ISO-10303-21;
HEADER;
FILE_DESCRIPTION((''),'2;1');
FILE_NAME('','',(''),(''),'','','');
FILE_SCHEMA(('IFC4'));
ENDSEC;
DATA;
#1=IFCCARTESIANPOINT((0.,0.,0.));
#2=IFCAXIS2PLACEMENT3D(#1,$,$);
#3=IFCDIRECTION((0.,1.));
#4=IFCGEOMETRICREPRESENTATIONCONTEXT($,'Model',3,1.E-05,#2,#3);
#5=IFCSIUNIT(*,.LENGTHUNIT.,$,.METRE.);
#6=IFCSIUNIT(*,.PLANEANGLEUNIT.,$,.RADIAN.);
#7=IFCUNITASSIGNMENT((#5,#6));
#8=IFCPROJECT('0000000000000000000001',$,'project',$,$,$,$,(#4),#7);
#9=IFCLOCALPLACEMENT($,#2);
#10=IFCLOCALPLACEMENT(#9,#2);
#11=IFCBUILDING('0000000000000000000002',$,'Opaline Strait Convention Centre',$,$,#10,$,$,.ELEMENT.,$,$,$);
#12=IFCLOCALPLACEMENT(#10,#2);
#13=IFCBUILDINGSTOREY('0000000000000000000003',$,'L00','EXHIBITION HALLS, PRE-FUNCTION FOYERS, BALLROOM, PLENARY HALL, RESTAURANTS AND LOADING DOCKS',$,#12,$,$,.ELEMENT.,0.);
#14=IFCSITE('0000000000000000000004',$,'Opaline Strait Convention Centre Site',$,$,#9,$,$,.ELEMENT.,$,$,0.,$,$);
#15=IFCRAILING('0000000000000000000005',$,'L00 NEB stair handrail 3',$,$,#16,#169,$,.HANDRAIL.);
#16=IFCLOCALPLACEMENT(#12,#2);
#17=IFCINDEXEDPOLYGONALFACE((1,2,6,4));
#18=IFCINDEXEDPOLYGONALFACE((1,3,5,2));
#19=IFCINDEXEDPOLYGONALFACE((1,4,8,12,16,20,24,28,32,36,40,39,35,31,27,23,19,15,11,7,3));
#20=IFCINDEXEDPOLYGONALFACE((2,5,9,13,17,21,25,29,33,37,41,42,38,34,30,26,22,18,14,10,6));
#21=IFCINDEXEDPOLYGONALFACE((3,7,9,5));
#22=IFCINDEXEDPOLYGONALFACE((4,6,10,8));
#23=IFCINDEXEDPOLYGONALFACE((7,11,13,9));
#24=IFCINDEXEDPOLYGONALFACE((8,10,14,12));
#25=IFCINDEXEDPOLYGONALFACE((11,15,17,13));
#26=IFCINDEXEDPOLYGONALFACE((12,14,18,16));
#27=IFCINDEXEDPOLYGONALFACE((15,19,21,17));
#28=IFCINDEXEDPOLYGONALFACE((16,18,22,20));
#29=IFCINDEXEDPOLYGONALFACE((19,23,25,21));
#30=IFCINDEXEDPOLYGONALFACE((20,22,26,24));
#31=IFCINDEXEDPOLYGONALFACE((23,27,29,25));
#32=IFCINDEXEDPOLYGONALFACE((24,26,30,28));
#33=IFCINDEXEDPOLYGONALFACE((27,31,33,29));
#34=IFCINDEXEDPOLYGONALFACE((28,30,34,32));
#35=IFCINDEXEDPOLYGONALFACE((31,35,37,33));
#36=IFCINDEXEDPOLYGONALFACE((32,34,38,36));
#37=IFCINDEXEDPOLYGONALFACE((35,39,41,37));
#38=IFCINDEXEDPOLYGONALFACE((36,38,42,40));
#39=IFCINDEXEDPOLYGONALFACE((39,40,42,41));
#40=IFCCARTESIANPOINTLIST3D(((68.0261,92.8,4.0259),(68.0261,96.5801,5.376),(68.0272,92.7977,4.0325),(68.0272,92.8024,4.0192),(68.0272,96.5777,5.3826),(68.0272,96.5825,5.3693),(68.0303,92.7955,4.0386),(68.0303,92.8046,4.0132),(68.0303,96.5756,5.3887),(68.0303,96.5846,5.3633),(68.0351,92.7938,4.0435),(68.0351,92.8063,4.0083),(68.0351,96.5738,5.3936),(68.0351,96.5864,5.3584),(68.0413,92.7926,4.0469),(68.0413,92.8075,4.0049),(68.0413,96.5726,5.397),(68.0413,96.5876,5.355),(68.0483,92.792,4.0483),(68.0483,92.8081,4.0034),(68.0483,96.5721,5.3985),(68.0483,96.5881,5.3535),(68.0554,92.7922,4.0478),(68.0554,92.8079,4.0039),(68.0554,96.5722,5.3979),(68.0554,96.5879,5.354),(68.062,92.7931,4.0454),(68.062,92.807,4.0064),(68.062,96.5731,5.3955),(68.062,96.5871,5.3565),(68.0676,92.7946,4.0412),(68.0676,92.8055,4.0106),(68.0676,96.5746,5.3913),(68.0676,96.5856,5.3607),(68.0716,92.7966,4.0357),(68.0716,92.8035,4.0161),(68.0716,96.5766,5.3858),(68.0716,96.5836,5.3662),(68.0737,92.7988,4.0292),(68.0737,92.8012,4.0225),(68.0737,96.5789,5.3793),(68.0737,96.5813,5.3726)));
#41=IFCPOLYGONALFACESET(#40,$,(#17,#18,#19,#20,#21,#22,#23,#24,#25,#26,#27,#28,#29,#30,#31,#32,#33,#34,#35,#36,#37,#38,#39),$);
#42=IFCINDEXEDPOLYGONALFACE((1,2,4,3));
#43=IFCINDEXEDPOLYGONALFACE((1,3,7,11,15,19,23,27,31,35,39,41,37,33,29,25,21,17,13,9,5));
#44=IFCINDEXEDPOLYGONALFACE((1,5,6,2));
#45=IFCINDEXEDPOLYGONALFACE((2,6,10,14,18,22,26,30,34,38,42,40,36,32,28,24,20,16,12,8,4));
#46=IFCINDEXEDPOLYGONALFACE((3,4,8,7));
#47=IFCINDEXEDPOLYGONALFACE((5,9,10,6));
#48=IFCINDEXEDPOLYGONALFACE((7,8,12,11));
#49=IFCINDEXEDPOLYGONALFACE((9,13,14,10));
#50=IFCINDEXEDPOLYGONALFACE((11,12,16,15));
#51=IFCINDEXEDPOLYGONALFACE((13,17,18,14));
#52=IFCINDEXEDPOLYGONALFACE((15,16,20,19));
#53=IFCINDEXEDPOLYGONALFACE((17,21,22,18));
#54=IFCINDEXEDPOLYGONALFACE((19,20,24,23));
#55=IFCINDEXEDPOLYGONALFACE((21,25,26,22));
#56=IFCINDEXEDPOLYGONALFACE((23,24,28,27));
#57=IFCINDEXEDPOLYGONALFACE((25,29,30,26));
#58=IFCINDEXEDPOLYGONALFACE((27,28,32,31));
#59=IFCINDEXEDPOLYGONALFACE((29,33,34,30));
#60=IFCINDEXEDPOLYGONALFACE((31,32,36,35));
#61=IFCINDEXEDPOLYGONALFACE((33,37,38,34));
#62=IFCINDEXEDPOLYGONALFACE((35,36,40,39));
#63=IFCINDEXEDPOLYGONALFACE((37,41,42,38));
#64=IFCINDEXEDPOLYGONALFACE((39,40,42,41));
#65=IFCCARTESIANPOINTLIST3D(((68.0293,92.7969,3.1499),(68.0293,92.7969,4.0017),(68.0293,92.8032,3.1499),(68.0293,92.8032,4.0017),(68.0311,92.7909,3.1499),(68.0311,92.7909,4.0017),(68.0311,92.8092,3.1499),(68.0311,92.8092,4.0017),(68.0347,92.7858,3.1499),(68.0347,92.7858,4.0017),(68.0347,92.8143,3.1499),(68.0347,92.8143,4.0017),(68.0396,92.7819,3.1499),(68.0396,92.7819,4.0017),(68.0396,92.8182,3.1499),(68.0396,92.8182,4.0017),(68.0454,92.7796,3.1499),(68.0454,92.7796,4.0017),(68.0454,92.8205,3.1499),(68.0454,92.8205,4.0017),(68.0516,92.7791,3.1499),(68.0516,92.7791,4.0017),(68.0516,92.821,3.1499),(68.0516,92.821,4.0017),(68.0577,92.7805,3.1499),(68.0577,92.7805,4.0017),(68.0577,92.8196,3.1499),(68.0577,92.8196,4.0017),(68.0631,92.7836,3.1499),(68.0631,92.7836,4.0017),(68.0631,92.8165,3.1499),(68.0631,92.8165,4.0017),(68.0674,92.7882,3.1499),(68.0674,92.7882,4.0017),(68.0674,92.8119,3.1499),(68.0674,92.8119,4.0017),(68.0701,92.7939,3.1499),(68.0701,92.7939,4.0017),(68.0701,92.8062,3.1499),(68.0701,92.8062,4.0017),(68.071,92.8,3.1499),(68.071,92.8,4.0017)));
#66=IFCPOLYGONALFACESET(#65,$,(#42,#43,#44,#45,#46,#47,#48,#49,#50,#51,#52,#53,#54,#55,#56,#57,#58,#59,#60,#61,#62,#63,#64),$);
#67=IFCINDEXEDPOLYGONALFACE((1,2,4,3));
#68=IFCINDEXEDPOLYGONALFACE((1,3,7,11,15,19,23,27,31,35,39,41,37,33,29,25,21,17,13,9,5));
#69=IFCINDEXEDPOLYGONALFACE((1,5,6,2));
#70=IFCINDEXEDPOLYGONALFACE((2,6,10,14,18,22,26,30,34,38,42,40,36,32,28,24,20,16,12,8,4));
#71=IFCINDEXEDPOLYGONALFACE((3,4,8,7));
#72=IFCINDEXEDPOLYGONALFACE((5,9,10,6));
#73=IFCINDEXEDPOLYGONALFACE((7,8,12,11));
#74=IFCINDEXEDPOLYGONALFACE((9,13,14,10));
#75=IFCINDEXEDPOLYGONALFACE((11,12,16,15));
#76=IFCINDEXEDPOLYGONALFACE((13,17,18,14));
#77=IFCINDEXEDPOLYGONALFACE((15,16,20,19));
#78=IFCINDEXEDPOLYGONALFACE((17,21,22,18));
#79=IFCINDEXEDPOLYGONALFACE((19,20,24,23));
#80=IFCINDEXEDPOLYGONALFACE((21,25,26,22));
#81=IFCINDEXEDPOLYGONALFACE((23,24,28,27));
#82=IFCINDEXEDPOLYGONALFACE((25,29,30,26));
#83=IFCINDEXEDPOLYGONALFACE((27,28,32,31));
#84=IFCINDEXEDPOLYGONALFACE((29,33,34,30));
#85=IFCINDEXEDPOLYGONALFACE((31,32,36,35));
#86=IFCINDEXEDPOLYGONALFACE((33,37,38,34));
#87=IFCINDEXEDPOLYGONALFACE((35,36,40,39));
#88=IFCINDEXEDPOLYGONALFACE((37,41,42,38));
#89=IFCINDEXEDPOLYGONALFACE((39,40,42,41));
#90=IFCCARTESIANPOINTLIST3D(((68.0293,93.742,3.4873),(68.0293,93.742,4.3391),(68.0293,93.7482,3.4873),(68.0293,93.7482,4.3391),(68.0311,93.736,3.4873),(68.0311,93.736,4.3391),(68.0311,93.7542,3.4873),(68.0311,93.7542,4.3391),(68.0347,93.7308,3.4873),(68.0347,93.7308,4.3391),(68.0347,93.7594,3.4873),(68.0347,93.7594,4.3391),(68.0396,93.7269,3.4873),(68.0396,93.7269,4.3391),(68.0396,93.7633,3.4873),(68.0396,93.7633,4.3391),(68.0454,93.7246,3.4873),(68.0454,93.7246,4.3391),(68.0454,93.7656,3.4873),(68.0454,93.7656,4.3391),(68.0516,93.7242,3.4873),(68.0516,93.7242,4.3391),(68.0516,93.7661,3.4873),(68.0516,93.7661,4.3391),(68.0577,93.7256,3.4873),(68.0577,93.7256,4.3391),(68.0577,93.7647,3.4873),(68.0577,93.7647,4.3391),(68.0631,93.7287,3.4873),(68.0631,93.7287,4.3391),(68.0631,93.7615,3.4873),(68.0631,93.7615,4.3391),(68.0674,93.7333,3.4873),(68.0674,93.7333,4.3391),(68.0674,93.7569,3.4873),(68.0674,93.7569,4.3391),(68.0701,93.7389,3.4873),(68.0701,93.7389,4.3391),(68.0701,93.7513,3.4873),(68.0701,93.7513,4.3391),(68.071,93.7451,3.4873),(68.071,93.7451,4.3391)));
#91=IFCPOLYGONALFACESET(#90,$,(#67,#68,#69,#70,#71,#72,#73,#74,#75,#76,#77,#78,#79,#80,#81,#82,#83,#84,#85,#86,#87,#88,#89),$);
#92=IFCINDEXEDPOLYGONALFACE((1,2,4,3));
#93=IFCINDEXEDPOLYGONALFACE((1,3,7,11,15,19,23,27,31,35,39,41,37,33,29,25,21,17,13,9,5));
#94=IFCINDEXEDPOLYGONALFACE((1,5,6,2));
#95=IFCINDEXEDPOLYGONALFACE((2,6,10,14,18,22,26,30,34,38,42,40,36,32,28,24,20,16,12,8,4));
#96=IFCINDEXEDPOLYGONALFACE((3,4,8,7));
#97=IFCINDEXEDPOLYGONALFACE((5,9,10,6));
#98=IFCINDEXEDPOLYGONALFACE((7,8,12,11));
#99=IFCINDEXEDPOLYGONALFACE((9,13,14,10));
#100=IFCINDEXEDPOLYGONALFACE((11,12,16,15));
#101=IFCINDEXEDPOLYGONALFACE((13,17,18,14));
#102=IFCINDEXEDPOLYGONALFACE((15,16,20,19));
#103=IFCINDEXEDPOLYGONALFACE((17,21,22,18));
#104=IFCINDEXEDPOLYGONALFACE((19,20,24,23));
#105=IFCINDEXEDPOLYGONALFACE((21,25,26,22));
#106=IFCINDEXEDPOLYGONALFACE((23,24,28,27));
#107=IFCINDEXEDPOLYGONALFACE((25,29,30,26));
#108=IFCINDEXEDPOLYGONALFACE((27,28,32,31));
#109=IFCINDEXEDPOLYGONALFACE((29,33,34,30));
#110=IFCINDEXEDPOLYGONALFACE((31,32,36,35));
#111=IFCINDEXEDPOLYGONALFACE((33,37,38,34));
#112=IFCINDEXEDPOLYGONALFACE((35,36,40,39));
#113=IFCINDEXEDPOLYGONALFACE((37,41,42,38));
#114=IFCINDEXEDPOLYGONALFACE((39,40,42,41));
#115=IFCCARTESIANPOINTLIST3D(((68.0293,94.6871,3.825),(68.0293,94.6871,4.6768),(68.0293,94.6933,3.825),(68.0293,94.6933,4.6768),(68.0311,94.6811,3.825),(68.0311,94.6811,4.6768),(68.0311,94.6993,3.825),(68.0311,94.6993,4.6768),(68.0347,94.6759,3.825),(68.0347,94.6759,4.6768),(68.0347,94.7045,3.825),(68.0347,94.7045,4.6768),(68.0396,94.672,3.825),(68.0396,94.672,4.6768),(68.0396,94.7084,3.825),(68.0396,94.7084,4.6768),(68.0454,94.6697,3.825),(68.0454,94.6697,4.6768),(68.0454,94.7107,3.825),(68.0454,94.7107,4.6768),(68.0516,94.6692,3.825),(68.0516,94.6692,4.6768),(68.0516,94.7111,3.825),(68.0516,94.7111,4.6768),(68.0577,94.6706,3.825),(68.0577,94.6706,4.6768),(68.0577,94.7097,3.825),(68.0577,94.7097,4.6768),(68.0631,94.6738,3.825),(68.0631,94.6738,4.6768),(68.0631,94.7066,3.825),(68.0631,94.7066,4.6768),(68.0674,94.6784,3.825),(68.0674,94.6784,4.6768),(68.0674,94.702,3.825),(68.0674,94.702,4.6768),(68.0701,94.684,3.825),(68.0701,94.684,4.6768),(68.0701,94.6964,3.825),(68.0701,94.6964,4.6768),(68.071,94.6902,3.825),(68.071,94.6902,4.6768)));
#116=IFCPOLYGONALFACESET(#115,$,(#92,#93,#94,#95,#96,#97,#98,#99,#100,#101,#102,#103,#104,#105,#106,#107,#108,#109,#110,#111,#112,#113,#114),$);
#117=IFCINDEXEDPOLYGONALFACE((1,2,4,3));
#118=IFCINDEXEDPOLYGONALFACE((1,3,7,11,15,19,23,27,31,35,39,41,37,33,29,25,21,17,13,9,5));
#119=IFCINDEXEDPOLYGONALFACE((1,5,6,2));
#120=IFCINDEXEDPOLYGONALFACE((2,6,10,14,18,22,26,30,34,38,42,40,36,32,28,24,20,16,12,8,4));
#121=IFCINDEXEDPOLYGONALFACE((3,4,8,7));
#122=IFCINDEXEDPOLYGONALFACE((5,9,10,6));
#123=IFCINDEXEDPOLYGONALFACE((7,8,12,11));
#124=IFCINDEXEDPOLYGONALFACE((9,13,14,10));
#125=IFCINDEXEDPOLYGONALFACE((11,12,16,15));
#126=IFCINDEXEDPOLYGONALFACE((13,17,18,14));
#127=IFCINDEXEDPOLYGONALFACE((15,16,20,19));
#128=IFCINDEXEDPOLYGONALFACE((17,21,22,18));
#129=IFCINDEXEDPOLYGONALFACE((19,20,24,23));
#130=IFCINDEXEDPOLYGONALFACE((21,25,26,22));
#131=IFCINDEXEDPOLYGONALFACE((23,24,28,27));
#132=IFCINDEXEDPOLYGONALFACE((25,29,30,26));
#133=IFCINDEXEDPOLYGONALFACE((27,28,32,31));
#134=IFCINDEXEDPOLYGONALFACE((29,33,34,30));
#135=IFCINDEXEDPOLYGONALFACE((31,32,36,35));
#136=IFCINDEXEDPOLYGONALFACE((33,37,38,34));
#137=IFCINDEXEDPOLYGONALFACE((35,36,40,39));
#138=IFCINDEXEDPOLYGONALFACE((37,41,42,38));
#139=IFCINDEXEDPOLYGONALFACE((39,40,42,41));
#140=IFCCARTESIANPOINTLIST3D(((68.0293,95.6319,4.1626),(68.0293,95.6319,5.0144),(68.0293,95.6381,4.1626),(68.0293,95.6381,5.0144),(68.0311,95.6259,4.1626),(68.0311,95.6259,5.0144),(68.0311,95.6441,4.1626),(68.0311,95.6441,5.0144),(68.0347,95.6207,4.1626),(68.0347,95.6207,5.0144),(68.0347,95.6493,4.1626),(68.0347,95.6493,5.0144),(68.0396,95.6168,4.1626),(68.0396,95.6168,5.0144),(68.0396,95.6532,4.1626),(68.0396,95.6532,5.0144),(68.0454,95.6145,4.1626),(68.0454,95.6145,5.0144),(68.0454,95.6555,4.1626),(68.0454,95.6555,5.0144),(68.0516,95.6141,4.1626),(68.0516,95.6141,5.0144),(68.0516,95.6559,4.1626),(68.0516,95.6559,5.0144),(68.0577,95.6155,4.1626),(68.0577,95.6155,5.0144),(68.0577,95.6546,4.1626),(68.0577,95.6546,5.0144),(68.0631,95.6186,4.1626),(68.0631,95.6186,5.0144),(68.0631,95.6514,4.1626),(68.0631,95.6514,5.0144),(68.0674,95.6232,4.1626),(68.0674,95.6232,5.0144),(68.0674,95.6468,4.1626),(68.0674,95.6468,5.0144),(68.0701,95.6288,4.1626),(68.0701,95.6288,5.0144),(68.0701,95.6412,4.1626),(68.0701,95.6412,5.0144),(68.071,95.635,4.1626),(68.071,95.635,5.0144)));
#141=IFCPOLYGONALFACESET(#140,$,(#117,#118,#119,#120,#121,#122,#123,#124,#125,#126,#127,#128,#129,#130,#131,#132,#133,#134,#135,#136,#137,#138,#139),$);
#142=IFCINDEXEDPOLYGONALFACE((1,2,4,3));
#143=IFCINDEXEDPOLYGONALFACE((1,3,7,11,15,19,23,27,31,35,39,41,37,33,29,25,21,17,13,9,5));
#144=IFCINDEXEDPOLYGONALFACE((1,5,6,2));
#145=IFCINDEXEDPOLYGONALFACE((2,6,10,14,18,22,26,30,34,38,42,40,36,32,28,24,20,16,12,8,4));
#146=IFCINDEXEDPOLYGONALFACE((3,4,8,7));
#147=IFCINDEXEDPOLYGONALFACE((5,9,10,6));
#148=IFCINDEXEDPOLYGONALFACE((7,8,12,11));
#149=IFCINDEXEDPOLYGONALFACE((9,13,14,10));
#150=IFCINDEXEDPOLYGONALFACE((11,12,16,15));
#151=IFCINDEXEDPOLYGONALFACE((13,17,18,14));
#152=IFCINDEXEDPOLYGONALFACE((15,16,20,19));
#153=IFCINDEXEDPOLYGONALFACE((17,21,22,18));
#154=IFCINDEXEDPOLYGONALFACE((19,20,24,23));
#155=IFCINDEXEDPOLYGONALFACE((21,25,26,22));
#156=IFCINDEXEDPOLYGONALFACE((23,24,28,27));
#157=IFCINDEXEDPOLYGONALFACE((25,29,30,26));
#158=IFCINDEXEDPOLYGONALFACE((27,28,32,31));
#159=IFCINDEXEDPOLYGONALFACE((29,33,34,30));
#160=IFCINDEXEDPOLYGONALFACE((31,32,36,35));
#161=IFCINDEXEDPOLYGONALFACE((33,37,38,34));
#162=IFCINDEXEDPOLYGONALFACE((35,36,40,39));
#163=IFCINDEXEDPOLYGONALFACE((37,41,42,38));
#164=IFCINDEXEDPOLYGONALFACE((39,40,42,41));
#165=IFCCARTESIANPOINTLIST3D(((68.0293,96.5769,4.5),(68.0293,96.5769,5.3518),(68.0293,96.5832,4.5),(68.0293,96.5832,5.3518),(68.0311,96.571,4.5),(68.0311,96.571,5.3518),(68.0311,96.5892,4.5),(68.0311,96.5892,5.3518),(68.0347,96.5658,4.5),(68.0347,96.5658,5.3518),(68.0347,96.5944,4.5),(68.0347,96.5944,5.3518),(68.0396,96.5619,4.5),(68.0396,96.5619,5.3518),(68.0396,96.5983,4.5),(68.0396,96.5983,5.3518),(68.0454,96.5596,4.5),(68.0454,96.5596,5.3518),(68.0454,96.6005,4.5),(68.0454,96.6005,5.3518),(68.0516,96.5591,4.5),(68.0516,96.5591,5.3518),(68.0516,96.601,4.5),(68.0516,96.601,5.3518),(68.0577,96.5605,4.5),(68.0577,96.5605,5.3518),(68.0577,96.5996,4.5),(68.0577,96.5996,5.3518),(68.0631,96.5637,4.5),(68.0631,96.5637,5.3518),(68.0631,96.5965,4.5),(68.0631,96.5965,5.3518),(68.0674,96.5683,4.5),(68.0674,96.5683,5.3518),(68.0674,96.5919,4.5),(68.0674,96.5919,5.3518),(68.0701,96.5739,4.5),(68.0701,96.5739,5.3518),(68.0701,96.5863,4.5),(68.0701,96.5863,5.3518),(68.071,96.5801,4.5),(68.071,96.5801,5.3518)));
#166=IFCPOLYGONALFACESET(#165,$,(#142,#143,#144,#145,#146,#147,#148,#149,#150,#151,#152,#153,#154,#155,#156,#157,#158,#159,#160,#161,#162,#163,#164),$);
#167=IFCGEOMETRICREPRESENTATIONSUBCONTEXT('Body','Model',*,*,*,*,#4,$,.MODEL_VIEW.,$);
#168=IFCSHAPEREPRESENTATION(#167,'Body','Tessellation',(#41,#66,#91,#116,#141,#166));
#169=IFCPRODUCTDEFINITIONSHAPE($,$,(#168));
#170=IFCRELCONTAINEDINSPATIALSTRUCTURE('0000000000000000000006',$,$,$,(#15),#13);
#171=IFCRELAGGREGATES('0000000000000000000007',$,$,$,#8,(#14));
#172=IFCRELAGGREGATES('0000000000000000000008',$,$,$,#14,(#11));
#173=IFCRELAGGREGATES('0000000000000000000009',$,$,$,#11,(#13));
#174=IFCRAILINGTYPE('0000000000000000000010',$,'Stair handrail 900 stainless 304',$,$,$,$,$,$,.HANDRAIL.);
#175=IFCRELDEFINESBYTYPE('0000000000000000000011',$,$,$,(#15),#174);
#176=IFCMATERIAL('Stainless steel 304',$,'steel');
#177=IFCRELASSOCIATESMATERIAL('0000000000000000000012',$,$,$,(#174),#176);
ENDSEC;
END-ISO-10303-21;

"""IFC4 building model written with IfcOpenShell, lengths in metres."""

from ifc_helpers import new_model, si_unit, direction, frame, origin, origin_2d, place, context, subcontext, project, spatial, circle, extrude, material, type_object, element, save


model = new_model("IFC4")

# Units and contexts
model_context = context("Model", 3, precision=1e-05, world=origin(), true_north=direction((0.0, 1.0)))
body_context = subcontext(model_context, "Body", "Model", "MODEL_VIEW")
ifc_project = project(units=[si_unit("LENGTHUNIT", "METRE"), si_unit("PLANEANGLEUNIT", "RADIAN")], contexts=[model_context])

# Site, building, storey
site_placement = place(None, origin())
site = spatial("IfcSite", under=ifc_project, at=site_placement, Name="Opaline Strait Convention Centre Site", CompositionType="ELEMENT", RefElevation=0.0)
building_placement = place(site_placement, origin())
building = spatial("IfcBuilding", under=site, at=building_placement, Name="Opaline Strait Convention Centre", CompositionType="ELEMENT")
storey_placement = place(building_placement, origin())
storey = spatial("IfcBuildingStorey", under=building, at=storey_placement, Name="L00", Description="EXHIBITION HALLS, PRE-FUNCTION FOYERS, BALLROOM, PLENARY HALL, RESTAURANTS AND LOADING DOCKS", CompositionType="ELEMENT", Elevation=0.0)

# Railing
ifc_material_1 = material(Name="Stainless steel 304", Category="steel")
railing_type_1 = type_object("IfcRailingType", Name="Stair handrail 900 stainless 304", PredefinedType="HANDRAIL", material=ifc_material_1)
for number, where, name in (
    (1, (68.05, 92.8, 3.1499), "L00 NEB stair handrail 3"),
):
    element("IfcRailing", number, at=place(storey_placement, frame(where)), inside=storey, type_object=railing_type_1, Name=name, PredefinedType="HANDRAIL", context=body_context, shape_type="SweptSolid", body=[
        extrude(circle(Radius=0.0239, at=origin_2d()), frame((0.0, 0.0, 0.876), z_axis=(0.0, 0.941735, 0.336356), x_axis=(-1.0, 0.0, 0.0)), (0.0, 0.0, 1.0), 4.0139),
        extrude(circle(Radius=0.021, at=origin_2d()), origin(), (0.0, 0.0, 1.0), 0.8518),
        extrude(circle(Radius=0.021, at=origin_2d()), frame((0.0, 0.9451, 0.3374)), (0.0, 0.0, 1.0), 0.8518),
        extrude(circle(Radius=0.021, at=origin_2d()), frame((0.0, 1.8901, 0.675)), (0.0, 0.0, 1.0), 0.8518),
        extrude(circle(Radius=0.021, at=origin_2d()), frame((0.0, 2.835, 1.0127)), (0.0, 0.0, 1.0), 0.8518),
        extrude(circle(Radius=0.021, at=origin_2d()), frame((0.0, 3.78, 1.3501)), (0.0, 0.0, 1.0), 0.8518),
    ])

save(model, "model.ifc")
